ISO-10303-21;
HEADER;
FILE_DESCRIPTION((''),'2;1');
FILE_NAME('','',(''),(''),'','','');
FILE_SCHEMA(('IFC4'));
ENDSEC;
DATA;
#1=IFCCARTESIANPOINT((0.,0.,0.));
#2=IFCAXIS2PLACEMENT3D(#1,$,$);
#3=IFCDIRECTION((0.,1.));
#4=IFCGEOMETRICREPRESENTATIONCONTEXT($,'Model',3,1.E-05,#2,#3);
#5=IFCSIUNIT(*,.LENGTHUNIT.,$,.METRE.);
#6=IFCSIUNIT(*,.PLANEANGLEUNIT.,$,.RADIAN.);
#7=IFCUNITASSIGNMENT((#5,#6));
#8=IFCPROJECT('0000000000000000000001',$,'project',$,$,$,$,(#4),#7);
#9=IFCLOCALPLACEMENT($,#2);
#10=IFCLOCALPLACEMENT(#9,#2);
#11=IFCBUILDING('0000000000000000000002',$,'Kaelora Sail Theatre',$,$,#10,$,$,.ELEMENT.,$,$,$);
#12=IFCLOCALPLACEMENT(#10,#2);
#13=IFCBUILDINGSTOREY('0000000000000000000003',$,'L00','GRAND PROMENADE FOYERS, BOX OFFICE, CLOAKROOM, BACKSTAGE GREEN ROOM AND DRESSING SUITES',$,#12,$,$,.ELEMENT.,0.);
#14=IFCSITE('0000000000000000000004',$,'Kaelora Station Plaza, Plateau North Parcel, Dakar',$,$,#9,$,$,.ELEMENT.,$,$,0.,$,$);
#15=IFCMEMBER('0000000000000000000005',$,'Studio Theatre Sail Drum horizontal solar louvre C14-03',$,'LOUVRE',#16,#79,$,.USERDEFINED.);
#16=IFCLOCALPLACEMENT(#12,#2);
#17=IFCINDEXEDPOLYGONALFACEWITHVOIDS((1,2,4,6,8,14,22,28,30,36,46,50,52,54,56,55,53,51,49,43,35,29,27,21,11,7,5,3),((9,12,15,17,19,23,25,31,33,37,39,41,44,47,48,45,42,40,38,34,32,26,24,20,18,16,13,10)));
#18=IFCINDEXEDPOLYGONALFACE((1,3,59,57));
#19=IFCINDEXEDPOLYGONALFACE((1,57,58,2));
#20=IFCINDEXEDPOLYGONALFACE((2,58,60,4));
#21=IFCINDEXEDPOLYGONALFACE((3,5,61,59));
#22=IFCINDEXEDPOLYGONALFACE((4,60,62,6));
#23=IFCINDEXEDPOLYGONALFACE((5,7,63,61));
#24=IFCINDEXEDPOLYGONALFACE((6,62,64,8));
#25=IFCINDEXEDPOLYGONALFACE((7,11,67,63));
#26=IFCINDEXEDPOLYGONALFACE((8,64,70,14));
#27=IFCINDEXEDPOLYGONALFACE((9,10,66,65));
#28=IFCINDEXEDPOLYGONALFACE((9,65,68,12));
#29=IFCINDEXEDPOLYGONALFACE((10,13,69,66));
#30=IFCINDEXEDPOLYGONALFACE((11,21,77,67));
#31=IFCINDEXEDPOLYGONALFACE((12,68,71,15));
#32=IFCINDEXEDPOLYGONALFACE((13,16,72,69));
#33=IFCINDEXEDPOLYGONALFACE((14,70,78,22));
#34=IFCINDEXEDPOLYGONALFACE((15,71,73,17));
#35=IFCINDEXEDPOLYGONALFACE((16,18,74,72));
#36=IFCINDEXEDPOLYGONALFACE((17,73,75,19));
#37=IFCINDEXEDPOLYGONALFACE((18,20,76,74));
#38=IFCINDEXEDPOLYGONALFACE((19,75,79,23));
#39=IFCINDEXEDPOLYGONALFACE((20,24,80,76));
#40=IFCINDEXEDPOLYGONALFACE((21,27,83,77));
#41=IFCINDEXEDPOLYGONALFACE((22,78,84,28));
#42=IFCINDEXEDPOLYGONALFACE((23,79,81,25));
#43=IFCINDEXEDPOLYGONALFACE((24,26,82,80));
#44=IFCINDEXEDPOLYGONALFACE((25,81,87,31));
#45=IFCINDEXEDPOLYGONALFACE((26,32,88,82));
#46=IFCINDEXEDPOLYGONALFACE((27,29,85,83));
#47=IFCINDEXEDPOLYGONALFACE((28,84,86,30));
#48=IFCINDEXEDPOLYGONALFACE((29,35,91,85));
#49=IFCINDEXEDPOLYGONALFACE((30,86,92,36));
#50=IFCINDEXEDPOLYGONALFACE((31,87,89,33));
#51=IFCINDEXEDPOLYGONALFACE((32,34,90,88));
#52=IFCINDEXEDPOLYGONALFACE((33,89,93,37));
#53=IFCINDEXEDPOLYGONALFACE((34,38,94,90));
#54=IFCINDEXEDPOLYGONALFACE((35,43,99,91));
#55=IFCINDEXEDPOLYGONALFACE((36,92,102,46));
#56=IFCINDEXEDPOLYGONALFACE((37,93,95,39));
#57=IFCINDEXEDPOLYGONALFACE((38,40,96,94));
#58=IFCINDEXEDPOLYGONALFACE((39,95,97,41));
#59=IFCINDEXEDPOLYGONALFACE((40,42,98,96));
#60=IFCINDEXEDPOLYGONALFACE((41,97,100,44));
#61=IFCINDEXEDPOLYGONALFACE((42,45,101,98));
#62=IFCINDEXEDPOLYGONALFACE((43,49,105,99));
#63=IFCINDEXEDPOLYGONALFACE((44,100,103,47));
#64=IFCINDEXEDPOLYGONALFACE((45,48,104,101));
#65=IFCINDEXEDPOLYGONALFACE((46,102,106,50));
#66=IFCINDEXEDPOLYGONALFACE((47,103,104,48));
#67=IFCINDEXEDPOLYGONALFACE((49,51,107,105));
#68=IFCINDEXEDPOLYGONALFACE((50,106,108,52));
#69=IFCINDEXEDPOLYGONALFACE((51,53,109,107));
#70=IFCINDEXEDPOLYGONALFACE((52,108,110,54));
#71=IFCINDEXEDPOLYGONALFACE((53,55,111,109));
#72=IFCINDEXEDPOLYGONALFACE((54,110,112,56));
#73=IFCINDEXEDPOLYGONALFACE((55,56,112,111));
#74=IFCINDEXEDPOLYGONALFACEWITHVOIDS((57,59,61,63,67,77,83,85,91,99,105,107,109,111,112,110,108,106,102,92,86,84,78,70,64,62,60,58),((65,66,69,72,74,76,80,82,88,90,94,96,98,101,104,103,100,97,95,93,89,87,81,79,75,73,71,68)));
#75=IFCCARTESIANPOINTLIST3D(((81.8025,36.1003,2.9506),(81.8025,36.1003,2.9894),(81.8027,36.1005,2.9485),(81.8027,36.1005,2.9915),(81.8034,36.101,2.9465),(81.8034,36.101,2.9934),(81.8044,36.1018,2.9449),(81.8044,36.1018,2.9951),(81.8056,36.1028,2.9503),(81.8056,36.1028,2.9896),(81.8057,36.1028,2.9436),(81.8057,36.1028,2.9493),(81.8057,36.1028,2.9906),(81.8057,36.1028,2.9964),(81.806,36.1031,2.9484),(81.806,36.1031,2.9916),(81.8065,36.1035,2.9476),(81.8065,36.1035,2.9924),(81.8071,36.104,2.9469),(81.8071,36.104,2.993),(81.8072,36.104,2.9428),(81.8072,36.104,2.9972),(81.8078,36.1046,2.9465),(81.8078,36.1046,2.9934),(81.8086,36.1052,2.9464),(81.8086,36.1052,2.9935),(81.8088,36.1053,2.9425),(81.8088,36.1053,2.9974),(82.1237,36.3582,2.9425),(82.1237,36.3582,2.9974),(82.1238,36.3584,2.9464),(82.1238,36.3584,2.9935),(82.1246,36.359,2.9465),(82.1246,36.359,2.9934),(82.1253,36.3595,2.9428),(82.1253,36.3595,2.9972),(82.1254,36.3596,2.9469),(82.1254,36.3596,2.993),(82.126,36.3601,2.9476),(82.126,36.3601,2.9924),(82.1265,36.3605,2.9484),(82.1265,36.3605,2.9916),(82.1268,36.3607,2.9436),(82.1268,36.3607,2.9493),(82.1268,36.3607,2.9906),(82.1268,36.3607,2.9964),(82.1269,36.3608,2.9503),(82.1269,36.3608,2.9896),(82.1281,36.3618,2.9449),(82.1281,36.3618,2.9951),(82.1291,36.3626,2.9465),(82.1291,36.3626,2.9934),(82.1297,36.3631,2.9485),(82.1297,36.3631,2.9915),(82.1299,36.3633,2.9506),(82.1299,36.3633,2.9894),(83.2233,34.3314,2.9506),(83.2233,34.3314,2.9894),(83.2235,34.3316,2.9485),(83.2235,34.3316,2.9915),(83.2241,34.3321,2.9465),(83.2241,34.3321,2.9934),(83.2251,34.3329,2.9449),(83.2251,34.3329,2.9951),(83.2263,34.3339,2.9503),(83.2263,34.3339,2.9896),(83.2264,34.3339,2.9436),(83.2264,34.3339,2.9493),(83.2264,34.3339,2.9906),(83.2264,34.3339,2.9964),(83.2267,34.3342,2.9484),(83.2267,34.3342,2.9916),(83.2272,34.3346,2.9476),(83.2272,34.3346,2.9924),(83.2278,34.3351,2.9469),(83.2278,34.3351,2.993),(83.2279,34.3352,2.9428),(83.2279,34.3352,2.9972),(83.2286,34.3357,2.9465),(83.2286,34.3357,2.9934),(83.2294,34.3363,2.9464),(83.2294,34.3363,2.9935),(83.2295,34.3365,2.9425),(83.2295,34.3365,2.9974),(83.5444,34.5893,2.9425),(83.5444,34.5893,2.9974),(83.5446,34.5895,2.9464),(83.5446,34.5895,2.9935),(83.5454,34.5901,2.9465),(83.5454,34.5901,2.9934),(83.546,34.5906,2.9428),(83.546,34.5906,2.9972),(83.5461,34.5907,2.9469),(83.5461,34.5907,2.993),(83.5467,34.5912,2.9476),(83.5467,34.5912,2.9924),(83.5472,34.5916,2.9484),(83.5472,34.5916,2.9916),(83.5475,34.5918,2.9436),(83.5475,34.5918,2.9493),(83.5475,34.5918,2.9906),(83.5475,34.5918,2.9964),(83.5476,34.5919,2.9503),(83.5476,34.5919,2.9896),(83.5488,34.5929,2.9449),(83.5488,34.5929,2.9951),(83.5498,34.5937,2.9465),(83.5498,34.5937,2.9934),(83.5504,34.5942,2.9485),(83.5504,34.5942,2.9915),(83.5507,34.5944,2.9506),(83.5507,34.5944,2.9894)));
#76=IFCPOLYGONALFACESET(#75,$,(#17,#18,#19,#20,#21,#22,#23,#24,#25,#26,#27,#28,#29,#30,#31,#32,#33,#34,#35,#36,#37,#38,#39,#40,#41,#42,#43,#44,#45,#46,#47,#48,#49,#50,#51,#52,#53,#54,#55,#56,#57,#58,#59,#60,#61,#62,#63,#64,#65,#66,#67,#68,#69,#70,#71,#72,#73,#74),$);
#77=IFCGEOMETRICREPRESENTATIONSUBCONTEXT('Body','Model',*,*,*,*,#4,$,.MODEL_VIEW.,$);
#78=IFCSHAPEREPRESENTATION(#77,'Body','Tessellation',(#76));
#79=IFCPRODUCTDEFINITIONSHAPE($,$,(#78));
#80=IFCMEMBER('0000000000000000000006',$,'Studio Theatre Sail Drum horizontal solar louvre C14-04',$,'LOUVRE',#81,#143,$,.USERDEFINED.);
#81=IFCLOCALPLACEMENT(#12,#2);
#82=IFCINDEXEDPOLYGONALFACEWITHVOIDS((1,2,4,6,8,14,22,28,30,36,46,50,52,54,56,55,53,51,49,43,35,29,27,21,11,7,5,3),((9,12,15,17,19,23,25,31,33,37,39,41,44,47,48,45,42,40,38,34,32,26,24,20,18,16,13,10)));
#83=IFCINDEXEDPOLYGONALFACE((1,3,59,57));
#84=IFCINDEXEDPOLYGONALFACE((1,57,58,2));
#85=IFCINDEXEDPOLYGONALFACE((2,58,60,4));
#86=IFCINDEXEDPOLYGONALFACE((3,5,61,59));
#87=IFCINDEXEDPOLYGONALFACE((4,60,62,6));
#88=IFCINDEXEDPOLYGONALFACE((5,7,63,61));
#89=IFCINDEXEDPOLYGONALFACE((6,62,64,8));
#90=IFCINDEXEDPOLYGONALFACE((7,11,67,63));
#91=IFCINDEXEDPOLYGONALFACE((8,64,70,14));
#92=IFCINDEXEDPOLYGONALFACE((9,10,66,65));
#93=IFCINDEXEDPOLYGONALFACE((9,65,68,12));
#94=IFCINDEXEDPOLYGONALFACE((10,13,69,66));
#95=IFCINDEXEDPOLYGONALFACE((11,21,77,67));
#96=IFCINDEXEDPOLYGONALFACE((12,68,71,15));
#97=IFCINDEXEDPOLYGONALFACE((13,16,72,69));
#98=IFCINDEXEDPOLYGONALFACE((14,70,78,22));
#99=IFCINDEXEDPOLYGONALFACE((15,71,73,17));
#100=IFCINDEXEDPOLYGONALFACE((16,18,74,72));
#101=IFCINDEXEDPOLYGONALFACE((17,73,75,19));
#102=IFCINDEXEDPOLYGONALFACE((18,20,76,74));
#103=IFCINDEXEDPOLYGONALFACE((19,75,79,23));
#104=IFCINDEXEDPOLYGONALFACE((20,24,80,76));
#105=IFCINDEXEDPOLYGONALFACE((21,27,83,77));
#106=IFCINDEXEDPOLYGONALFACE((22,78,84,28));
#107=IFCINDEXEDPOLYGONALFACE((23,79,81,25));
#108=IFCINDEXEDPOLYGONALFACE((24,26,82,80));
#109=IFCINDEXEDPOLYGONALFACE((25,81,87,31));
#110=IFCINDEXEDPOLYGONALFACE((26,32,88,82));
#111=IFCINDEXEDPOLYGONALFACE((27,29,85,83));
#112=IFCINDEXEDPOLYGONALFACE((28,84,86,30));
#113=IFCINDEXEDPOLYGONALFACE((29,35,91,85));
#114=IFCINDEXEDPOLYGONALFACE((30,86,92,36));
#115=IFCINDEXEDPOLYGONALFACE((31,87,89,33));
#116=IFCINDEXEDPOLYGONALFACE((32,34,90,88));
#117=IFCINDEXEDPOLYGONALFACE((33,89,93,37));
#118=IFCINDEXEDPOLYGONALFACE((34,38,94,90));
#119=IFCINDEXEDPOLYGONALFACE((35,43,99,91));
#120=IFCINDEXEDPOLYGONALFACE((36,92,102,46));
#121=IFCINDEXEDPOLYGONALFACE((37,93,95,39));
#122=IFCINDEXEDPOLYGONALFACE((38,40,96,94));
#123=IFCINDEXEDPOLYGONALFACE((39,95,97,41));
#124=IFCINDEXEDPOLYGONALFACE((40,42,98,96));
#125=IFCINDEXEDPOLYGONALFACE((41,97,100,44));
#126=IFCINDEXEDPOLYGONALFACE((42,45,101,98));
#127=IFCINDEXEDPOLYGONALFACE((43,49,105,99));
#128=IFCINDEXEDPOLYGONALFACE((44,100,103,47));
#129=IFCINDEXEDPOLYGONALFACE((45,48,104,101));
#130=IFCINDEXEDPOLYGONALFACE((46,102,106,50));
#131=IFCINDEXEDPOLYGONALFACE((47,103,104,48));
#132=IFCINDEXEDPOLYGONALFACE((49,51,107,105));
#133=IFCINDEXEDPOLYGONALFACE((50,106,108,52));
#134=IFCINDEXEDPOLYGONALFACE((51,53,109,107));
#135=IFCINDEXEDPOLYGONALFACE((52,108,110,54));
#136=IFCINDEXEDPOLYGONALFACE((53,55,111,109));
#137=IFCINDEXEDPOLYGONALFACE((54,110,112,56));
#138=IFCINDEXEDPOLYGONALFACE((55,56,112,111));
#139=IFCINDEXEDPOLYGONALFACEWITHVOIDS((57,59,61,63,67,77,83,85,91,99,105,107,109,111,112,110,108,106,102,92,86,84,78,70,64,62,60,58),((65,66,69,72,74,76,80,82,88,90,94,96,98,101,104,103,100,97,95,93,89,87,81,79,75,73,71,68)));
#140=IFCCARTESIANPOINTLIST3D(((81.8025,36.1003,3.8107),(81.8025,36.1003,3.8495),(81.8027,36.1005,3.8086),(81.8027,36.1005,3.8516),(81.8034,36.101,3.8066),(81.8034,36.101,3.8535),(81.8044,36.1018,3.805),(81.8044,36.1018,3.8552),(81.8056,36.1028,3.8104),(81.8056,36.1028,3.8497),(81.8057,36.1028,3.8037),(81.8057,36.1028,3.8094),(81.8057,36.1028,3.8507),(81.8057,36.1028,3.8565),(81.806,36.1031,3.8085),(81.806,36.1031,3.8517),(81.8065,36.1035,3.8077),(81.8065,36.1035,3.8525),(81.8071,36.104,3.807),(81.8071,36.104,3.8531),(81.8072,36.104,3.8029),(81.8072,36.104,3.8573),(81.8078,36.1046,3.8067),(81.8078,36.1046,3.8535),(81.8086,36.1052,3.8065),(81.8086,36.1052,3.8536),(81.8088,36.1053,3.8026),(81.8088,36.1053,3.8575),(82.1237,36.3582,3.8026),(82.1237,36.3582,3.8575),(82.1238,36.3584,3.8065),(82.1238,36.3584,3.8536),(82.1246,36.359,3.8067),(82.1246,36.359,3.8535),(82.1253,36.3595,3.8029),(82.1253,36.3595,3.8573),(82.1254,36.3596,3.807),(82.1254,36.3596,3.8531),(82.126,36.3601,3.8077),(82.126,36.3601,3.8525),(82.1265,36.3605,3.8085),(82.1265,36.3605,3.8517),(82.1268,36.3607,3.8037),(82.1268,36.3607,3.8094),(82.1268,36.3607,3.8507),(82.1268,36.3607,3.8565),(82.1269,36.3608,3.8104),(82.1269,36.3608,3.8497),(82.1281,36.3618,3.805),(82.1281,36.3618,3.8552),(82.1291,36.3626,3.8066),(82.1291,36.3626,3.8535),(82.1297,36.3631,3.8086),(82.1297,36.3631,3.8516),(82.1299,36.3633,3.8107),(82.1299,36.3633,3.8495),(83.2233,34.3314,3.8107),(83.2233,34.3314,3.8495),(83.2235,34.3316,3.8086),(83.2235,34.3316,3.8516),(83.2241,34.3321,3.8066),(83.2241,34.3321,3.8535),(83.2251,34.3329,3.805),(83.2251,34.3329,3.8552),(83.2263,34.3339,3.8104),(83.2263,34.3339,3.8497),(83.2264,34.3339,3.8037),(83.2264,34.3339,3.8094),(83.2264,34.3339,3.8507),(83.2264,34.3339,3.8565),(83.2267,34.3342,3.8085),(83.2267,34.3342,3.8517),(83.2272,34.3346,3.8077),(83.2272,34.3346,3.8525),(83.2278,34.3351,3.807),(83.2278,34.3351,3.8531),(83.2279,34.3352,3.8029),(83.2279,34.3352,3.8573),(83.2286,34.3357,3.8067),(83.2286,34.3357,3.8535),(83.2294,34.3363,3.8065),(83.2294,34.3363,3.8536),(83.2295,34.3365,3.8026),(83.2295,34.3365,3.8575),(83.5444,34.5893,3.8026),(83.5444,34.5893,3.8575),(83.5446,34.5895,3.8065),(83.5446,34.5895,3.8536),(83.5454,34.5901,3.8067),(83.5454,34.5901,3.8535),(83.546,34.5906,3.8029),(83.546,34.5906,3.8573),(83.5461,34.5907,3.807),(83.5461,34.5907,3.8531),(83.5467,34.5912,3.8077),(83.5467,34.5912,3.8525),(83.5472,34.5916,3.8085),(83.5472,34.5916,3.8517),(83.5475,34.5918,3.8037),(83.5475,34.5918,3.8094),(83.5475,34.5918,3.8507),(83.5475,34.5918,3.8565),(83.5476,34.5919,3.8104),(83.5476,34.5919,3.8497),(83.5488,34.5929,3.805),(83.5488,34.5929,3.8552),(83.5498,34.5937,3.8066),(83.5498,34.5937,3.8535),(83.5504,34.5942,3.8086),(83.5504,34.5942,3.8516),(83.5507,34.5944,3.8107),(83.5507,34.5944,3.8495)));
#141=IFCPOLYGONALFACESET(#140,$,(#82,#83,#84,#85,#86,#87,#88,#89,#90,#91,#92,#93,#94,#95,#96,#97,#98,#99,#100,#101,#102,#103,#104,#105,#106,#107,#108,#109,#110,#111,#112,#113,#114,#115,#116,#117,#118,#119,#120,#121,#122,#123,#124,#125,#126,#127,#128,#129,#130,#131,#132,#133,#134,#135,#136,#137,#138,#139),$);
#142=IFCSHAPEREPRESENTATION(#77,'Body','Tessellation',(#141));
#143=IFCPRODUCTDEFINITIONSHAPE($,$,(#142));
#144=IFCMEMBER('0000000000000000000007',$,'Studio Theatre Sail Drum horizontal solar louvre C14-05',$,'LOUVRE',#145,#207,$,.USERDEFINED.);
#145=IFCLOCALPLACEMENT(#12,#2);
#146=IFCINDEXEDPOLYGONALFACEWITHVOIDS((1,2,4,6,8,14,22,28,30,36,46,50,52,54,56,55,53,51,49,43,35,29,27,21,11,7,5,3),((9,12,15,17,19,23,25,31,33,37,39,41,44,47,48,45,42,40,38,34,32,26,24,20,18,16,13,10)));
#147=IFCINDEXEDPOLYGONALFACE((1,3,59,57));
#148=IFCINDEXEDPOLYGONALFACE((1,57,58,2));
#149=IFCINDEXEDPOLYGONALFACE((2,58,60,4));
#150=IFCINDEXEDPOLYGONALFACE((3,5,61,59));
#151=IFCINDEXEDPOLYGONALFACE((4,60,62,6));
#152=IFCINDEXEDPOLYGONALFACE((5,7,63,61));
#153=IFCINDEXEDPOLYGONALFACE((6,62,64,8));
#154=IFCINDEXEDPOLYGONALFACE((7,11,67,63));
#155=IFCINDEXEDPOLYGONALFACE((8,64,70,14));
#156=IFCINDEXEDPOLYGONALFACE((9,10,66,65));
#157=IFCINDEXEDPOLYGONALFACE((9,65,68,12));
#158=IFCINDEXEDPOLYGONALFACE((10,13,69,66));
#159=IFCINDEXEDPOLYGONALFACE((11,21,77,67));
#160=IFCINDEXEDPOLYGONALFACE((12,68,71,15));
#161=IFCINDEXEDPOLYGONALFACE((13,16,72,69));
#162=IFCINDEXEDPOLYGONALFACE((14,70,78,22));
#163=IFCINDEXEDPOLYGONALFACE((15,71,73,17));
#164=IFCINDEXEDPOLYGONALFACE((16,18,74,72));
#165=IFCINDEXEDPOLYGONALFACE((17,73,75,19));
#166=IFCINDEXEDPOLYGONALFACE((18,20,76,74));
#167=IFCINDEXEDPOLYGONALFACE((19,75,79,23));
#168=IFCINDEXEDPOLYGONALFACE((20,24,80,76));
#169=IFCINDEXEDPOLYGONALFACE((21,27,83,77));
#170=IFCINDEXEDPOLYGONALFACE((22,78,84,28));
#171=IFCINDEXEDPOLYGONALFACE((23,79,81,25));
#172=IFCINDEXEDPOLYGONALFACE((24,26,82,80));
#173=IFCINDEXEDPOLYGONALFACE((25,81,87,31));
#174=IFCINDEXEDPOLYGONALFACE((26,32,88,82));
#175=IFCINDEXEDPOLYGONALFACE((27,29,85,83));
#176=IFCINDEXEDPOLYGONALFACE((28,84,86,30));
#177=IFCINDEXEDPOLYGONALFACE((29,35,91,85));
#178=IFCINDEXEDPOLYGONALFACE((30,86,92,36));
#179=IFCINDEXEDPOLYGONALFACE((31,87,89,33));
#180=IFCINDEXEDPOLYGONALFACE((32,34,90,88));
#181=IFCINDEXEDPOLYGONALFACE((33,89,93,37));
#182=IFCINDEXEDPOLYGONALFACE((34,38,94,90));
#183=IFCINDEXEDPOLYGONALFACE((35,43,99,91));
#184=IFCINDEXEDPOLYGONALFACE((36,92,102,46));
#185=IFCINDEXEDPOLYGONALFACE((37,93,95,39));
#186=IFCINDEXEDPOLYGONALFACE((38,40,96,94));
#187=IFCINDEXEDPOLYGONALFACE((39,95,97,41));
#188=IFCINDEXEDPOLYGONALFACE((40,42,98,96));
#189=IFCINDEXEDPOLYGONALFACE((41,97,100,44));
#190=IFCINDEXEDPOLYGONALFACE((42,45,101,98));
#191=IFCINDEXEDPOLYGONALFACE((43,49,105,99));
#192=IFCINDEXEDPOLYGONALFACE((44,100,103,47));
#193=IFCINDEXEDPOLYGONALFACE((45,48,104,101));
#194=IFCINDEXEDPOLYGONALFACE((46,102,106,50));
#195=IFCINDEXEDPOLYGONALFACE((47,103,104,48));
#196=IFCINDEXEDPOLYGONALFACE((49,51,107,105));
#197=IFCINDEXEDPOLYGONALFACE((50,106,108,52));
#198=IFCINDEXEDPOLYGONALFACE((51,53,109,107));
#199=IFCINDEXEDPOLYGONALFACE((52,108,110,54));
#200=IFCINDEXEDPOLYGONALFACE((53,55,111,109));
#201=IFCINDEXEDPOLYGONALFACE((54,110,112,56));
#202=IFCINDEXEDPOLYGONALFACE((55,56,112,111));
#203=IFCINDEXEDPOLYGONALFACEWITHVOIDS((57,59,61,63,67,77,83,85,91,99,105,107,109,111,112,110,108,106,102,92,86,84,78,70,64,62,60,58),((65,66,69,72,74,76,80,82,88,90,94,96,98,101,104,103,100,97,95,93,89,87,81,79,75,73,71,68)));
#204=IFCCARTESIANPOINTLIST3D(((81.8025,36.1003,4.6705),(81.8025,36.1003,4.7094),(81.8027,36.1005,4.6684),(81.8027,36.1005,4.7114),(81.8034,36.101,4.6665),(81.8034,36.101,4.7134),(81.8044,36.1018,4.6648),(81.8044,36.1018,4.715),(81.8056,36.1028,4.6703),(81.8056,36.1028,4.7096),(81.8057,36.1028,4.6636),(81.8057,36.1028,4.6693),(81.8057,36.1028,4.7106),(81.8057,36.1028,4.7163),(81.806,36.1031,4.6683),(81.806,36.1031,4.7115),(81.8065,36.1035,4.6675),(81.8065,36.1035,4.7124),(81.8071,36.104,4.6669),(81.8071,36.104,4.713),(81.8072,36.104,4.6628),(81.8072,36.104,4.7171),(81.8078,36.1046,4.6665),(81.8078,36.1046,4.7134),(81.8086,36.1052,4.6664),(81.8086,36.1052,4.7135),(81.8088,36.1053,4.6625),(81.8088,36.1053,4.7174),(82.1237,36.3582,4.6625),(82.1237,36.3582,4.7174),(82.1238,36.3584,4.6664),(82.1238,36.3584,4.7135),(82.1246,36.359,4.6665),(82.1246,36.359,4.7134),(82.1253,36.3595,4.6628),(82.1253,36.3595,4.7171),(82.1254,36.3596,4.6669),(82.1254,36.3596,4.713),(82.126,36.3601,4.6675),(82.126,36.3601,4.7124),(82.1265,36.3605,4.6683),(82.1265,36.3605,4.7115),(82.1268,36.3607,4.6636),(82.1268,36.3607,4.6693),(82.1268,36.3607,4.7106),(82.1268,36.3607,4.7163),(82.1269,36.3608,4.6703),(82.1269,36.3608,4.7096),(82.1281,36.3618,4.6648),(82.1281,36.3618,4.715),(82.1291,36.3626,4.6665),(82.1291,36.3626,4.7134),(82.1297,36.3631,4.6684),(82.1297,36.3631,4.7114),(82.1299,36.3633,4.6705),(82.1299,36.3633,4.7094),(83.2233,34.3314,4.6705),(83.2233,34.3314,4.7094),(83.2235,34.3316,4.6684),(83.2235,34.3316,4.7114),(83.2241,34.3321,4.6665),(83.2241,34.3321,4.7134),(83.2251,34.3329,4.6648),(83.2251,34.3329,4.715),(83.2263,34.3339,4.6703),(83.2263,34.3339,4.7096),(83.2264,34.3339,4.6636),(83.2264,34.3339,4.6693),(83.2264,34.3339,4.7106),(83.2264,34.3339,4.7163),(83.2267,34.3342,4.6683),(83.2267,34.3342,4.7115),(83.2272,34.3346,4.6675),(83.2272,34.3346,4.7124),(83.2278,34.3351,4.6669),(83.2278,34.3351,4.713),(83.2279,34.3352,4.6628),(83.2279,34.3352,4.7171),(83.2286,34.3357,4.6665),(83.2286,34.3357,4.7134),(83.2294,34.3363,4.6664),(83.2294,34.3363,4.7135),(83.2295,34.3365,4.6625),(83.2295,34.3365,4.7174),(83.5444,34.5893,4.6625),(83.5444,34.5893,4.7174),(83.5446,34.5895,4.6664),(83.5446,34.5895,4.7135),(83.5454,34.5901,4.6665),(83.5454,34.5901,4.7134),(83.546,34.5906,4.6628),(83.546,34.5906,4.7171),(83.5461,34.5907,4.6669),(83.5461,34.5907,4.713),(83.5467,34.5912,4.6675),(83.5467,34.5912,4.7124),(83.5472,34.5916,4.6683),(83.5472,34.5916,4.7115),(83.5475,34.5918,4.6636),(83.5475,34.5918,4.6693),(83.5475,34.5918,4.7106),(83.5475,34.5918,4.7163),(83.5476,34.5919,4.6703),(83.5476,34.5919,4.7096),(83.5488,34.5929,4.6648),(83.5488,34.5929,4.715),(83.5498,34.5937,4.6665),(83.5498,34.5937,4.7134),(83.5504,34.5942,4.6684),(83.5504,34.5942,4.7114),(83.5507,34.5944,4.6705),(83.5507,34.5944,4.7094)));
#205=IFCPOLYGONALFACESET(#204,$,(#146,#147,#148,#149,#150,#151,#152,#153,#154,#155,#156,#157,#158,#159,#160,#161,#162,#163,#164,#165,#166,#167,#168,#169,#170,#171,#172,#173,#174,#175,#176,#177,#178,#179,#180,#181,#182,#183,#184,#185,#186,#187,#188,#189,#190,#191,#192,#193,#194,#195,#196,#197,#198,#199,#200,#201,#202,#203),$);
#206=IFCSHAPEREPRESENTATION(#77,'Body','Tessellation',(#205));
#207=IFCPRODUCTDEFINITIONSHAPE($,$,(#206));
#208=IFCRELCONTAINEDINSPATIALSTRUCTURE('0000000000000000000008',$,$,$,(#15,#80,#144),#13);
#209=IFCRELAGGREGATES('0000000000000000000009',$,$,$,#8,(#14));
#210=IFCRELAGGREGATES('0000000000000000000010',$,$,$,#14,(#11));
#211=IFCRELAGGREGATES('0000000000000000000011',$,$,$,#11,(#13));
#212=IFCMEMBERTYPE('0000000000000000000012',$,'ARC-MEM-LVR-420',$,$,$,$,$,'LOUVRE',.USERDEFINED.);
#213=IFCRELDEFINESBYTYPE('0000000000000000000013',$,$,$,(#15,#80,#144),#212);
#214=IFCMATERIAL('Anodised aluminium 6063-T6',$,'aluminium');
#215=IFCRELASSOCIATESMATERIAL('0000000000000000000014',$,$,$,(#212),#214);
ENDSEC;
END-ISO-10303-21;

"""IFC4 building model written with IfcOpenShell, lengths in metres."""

from ifc_helpers import new_model, si_unit, direction, frame, origin, origin_2d, place, context, subcontext, project, spatial, hollow_rectangle, extrude, material, material_profile, profile_set, type_object, element, save


model = new_model("IFC4")

# Units and contexts
model_context = context("Model", 3, precision=1e-05, world=origin(), true_north=direction((0.0, 1.0)))
body_context = subcontext(model_context, "Body", "Model", "MODEL_VIEW")
ifc_project = project(units=[si_unit("LENGTHUNIT", "METRE"), si_unit("PLANEANGLEUNIT", "RADIAN")], contexts=[model_context])

# Site, building, storey
site_placement = place(None, origin())
site = spatial("IfcSite", under=ifc_project, at=site_placement, Name="Kaelora Station Plaza, Plateau North Parcel, Dakar", CompositionType="ELEMENT", RefElevation=0.0)
building_placement = place(site_placement, origin())
building = spatial("IfcBuilding", under=site, at=building_placement, Name="Kaelora Sail Theatre", CompositionType="ELEMENT")
storey_placement = place(building_placement, origin())
storey = spatial("IfcBuildingStorey", under=building, at=storey_placement, Name="L00", Description="GRAND PROMENADE FOYERS, BOX OFFICE, CLOAKROOM, BACKSTAGE GREEN ROOM AND DRESSING SUITES", CompositionType="ELEMENT", Elevation=0.0)

# Members
ifc_material_1 = material(Name="Anodised aluminium 6063-T6", Category="aluminium")
ifc_material_profile_1 = material_profile(ifc_material_1, hollow_rectangle(XDim=0.4199, YDim=0.0549, WallThickness=0.0039, InnerFilletRadius=0.0039, OuterFilletRadius=0.0081, at=origin_2d()), Name="LOUVRE 420x55x4")
ifc_profile_set_1 = profile_set([ifc_material_profile_1], Name="Anodised aluminium 6063-T6")
member_type_1 = type_object("IfcMemberType", Name="ARC-MEM-LVR-420", ElementType="LOUVRE", PredefinedType="USERDEFINED", material=ifc_profile_set_1)
for number, where, z_axis, x_axis, name in (
    (1, (83.387, 34.4629, 2.97), (-0.626203, 0.77966, 0.0), (-0.77966, -0.626203, 0.0), "Studio Theatre Sail Drum horizontal solar louvre C14-03"),
    (2, (83.387, 34.4629, 3.8301), (-0.626203, 0.77966, 0.0), (-0.77966, -0.626203, 0.0), "Studio Theatre Sail Drum horizontal solar louvre C14-04"),
    (3, (83.387, 34.4629, 4.6899), (-0.626203, 0.77966, 0.0), (-0.77966, -0.626203, 0.0), "Studio Theatre Sail Drum horizontal solar louvre C14-05"),
):
    element("IfcMember", number, at=place(storey_placement, frame(where, z_axis=z_axis, x_axis=x_axis)), inside=storey, type_object=member_type_1, Name=name, ObjectType="LOUVRE", PredefinedType="USERDEFINED", context=body_context, shape_type="SweptSolid", body=[
        extrude(hollow_rectangle(XDim=0.4199, YDim=0.0549, WallThickness=0.0039, InnerFilletRadius=0.0039, OuterFilletRadius=0.0081, at=origin_2d()), origin(), (0.0, 0.0, 1.0), 2.2688),
    ])

save(model, "model.ifc")
